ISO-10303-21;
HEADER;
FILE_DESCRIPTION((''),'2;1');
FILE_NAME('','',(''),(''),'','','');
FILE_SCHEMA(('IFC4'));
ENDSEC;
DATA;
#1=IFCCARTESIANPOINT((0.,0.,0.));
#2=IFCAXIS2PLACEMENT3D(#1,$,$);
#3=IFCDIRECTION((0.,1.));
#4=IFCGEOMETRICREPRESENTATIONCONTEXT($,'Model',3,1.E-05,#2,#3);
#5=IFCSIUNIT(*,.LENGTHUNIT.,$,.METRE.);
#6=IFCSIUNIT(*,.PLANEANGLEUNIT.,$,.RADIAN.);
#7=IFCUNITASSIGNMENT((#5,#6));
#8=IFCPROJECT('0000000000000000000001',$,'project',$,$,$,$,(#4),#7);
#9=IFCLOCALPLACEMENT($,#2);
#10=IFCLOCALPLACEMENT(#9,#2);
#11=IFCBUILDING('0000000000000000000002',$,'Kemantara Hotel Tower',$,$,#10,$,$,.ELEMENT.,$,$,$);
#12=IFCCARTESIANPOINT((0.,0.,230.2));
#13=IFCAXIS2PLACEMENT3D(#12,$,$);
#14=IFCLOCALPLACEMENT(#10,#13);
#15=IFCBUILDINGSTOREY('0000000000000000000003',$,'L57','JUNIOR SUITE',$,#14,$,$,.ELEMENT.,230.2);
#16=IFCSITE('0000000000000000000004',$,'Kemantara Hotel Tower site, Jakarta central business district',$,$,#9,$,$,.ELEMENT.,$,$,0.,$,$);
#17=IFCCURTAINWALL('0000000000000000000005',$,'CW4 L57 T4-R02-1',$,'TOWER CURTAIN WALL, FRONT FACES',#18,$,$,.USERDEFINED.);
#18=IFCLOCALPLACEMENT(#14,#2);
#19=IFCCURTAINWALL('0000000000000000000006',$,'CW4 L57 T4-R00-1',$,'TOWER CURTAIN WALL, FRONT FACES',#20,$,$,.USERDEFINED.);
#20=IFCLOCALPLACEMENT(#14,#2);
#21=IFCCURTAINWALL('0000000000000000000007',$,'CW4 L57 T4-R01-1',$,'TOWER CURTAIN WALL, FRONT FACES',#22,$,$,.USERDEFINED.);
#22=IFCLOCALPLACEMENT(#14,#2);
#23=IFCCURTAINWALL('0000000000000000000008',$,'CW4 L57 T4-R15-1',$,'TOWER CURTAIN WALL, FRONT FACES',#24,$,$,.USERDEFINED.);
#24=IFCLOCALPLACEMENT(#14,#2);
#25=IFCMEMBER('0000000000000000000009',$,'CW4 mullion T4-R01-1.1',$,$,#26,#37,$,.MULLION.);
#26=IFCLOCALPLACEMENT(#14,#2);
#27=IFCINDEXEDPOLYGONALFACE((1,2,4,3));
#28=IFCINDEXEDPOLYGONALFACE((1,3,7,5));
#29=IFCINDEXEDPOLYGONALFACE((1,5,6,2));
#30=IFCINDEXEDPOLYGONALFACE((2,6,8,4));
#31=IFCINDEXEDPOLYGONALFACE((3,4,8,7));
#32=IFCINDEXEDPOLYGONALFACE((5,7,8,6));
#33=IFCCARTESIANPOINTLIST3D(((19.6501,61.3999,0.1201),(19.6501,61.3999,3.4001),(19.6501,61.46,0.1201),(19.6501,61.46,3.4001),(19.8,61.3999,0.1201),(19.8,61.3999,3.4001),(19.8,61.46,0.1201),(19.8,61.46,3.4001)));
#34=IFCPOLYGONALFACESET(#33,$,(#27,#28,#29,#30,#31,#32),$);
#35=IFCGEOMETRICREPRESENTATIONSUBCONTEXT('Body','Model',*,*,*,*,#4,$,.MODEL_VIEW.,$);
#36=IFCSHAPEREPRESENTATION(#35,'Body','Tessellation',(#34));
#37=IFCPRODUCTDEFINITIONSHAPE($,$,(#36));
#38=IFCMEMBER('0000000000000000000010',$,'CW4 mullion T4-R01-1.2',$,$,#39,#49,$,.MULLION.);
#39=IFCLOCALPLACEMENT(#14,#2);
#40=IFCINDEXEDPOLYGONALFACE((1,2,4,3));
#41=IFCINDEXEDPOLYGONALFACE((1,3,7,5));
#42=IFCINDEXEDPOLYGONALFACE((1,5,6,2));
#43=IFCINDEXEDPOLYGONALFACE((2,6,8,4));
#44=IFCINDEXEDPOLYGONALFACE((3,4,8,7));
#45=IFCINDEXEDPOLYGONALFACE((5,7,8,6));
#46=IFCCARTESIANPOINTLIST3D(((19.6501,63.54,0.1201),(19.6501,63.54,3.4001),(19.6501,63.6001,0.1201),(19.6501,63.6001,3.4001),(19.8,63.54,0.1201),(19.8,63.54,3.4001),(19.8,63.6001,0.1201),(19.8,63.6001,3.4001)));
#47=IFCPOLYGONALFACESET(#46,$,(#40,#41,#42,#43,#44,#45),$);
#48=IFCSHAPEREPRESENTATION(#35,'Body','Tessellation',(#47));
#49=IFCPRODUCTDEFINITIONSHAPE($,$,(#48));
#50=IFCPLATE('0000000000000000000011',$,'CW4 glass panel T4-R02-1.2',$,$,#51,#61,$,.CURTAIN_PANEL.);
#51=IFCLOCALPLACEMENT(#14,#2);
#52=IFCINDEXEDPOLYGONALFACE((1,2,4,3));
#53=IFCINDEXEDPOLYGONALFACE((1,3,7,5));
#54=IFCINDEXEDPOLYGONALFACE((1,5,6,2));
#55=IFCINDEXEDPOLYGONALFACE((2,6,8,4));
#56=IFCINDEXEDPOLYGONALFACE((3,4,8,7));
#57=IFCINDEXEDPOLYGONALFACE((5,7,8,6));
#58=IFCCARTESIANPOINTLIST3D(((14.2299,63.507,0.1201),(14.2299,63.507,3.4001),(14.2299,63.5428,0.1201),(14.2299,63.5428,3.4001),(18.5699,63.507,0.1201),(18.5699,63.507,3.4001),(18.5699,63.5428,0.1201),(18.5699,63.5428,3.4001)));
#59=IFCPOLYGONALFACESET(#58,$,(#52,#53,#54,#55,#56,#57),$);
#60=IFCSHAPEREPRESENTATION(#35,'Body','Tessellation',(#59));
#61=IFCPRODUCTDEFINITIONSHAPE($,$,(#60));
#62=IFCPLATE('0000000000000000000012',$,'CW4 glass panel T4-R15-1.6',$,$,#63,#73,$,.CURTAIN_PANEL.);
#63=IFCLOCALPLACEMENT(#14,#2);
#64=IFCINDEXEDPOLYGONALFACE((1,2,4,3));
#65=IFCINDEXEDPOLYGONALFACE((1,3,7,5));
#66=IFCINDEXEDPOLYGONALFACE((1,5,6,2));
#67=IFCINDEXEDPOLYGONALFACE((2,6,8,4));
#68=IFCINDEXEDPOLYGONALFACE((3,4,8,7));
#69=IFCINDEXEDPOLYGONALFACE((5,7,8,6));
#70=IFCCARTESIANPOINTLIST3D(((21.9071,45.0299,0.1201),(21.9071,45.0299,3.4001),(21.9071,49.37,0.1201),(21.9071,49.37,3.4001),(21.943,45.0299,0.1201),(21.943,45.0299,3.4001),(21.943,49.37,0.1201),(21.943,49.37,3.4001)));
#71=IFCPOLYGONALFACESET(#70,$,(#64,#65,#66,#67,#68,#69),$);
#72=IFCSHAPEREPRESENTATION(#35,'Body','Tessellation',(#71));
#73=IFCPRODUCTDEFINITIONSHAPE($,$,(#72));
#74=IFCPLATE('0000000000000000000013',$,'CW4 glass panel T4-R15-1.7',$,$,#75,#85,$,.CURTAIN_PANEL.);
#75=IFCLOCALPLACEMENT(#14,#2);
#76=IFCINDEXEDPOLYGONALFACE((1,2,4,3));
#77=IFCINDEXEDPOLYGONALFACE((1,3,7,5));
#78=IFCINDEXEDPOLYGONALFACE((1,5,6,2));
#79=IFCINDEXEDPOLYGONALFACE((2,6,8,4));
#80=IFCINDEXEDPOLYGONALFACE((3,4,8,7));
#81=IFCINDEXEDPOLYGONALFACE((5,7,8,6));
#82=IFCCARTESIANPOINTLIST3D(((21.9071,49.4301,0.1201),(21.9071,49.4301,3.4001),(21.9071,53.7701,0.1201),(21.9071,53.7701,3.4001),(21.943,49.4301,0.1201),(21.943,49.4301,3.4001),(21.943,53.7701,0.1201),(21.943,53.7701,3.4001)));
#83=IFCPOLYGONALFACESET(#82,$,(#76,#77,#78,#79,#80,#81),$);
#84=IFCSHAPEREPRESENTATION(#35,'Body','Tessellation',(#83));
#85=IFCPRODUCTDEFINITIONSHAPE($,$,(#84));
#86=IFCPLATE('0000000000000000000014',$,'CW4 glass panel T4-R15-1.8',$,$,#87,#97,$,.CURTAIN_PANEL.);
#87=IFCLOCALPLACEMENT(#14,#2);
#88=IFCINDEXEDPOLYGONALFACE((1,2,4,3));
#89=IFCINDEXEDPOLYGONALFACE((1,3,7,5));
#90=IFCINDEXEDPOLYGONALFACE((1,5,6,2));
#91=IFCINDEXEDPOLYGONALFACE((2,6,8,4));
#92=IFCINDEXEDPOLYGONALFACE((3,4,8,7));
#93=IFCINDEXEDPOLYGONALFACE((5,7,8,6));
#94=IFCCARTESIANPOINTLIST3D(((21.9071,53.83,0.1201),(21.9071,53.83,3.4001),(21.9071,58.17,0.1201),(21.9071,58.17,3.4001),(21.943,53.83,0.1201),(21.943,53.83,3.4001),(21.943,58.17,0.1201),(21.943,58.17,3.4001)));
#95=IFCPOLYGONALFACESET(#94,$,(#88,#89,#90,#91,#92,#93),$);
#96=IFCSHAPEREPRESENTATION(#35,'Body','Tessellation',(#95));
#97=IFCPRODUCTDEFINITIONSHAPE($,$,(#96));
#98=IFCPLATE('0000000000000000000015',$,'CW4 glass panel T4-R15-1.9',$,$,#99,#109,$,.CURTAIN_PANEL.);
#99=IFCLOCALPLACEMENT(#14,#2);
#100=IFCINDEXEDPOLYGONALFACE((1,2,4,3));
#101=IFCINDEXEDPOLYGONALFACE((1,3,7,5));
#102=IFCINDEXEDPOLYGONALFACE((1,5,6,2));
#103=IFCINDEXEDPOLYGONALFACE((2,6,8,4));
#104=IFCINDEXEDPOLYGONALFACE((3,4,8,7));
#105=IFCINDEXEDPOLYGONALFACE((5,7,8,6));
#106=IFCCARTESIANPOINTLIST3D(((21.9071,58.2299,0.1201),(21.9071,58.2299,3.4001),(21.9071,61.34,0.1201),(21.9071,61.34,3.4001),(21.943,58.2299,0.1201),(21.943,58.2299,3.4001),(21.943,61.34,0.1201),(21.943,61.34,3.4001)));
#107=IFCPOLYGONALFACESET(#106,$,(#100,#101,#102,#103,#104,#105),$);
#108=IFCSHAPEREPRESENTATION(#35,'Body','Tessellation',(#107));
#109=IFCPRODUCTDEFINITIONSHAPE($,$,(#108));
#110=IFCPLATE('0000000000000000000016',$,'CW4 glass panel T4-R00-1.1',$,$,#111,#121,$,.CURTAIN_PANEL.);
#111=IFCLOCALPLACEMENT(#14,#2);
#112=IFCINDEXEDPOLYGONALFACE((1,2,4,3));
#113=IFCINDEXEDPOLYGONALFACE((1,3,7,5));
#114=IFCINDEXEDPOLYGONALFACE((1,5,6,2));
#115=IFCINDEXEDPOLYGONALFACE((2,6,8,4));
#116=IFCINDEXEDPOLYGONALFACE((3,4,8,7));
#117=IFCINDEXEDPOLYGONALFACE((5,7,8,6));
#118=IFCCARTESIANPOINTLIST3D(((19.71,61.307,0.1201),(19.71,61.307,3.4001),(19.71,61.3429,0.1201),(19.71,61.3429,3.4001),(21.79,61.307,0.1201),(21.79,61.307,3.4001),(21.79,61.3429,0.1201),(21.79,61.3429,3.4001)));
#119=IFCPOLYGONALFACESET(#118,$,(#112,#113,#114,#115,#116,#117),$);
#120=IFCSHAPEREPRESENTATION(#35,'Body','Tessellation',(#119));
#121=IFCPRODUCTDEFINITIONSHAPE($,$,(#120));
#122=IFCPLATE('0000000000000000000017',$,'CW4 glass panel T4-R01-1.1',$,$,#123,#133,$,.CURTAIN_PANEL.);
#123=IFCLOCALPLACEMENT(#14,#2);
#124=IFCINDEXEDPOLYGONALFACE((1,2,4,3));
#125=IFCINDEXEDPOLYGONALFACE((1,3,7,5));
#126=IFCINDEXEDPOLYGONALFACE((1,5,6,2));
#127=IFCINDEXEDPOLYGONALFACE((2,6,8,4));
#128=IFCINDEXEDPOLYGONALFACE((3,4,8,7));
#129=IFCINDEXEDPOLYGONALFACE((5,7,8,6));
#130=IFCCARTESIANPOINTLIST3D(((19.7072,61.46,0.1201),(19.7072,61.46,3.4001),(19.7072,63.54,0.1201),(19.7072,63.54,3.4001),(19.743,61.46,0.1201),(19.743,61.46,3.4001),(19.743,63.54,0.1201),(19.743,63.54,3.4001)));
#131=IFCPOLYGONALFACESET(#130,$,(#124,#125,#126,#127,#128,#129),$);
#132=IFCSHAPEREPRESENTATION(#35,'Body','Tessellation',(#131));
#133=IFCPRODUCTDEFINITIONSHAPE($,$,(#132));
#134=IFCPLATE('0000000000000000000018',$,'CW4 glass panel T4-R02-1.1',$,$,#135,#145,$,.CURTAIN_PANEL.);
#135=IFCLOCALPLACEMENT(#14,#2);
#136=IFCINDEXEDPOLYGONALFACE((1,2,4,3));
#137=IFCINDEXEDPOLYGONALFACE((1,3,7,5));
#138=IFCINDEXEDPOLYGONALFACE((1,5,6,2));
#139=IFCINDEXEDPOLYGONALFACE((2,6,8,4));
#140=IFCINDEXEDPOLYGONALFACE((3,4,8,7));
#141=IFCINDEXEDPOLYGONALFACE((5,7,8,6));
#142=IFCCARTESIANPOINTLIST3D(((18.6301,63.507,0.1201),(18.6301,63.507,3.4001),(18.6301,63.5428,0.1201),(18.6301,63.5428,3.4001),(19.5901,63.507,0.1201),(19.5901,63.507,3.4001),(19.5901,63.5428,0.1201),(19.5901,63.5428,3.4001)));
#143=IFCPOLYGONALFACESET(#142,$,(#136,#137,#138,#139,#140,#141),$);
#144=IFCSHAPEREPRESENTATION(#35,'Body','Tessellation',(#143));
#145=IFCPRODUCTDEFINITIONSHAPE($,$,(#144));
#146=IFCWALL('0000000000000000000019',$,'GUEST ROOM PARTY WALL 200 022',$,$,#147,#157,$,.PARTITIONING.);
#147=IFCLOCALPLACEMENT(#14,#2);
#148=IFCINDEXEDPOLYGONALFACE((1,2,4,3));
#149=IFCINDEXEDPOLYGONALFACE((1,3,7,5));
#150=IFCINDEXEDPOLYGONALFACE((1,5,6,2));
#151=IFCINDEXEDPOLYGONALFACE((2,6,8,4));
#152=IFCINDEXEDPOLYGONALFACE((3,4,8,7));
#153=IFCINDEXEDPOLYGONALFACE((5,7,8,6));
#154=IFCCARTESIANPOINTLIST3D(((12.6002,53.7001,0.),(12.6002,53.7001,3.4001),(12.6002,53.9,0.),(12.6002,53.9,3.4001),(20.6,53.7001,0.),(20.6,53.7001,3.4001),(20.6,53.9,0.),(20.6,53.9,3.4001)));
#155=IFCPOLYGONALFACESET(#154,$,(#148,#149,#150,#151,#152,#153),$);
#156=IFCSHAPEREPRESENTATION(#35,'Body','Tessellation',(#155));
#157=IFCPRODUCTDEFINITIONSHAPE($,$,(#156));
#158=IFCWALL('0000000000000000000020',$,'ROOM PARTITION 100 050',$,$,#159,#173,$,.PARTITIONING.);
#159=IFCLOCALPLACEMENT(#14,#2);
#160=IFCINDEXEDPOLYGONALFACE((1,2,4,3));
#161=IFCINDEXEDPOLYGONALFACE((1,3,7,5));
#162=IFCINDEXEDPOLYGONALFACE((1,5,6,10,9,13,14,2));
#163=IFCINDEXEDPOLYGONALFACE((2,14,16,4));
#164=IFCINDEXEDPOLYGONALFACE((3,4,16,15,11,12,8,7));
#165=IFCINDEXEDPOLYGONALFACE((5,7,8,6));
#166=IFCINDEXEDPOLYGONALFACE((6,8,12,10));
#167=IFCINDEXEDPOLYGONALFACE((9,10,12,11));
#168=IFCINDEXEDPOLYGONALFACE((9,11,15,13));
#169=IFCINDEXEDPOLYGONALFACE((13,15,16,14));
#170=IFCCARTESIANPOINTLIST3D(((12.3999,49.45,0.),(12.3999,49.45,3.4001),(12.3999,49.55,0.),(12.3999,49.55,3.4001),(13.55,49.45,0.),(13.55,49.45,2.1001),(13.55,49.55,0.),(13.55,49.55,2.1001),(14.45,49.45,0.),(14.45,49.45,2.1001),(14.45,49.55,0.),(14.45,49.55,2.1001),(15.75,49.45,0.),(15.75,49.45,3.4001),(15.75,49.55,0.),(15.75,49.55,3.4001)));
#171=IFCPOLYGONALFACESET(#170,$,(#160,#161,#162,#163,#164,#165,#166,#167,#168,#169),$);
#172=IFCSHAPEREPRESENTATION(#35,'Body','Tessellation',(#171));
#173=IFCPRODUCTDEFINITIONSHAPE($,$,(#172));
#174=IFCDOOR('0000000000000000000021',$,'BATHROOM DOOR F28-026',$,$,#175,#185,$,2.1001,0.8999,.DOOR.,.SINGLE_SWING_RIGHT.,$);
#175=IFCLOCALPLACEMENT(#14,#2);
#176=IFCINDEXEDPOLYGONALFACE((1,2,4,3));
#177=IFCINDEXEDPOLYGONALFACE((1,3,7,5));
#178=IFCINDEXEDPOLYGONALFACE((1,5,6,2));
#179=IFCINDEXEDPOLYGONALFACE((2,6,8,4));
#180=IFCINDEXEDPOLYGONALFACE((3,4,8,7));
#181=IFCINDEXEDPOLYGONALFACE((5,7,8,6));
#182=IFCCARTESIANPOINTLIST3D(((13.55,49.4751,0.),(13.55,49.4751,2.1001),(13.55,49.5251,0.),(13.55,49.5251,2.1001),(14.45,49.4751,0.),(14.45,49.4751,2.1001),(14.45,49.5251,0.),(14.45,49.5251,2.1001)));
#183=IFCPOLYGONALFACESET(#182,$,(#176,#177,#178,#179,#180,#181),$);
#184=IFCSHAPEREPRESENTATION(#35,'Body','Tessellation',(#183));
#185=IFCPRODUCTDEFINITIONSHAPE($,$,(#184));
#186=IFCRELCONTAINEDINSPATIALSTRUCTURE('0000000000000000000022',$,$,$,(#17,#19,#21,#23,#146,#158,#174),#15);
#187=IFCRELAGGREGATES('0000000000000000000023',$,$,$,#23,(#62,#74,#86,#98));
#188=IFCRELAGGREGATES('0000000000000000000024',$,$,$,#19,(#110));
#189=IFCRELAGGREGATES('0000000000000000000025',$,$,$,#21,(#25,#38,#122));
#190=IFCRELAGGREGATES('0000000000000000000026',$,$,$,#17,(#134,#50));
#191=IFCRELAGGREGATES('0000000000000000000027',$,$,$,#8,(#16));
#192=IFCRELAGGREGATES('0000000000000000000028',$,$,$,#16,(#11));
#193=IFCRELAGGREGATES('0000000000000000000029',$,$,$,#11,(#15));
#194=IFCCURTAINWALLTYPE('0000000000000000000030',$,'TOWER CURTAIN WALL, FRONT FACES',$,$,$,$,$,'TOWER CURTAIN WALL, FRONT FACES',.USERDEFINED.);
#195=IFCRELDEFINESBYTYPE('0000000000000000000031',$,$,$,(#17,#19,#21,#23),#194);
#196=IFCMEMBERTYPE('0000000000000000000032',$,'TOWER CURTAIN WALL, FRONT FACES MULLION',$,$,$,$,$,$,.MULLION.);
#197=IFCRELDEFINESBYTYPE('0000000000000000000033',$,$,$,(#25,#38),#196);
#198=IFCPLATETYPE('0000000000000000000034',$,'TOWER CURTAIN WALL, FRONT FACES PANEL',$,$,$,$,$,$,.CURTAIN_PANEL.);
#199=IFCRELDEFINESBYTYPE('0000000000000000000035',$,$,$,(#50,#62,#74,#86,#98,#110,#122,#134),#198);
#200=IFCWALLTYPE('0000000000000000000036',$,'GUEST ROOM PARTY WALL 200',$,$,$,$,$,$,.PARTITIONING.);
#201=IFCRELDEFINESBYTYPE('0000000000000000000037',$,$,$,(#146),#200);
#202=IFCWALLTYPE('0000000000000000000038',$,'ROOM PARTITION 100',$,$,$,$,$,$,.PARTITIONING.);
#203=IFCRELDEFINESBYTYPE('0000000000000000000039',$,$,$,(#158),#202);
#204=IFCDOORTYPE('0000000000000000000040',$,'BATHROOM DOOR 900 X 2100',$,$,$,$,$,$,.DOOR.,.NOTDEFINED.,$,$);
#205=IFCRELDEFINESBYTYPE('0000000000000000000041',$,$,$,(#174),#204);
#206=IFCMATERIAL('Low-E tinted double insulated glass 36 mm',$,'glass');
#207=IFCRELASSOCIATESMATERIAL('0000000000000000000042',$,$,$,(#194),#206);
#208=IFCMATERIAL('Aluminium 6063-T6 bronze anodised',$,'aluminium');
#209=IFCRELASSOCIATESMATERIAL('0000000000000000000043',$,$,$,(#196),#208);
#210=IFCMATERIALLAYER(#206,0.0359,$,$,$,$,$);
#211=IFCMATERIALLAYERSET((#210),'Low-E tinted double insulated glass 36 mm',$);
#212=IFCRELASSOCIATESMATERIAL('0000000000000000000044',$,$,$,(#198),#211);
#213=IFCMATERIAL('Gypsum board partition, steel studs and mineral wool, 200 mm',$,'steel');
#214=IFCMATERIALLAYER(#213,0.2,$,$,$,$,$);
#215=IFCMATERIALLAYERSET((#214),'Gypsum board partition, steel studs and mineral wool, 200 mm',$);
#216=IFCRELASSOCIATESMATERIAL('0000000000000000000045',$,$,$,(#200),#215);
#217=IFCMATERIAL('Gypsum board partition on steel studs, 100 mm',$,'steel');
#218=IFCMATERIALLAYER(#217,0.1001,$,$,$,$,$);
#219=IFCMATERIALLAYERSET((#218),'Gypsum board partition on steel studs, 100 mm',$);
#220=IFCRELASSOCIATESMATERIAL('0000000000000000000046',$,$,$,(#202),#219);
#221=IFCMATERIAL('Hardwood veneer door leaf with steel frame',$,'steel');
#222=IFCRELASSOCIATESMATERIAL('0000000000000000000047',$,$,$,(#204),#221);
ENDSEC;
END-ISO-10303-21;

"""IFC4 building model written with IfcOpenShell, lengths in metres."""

from ifc_helpers import new_model, si_unit, direction, frame, frame_2d, origin, origin_2d, place, context, subcontext, project, spatial, rectangle, extrude, source, transform, mapped, material, layer, layer_set, material_profile, profile_set, type_object, element, fill, aggregate, save


model = new_model("IFC4")

# Units and contexts
model_context = context("Model", 3, precision=1e-05, world=origin(), true_north=direction((0.0, 1.0)))
body_context = subcontext(model_context, "Body", "Model", "MODEL_VIEW")
ifc_project = project(units=[si_unit("LENGTHUNIT", "METRE"), si_unit("PLANEANGLEUNIT", "RADIAN")], contexts=[model_context])

# Site, building, storey
site_placement = place(None, origin())
site = spatial("IfcSite", under=ifc_project, at=site_placement, Name="Kemantara Hotel Tower site, Jakarta central business district", CompositionType="ELEMENT", RefElevation=0.0)
building_placement = place(site_placement, origin())
building = spatial("IfcBuilding", under=site, at=building_placement, Name="Kemantara Hotel Tower", CompositionType="ELEMENT")
storey_placement = place(building_placement, frame((0.0, 0.0, 230.2)))
storey = spatial("IfcBuildingStorey", under=building, at=storey_placement, Name="L57", Description="JUNIOR SUITE", CompositionType="ELEMENT", Elevation=230.2)

# Curtain walls
ifc_material_1 = material(Name="Low-E tinted double insulated glass 36 mm", Category="glass")
curtain_wall_type = type_object("IfcCurtainWallType", Name="TOWER CURTAIN WALL, FRONT FACES", ElementType="TOWER CURTAIN WALL, FRONT FACES", PredefinedType="USERDEFINED", material=ifc_material_1)
curtain_wall_1_placement = place(storey_placement, origin())
curtain_wall_1 = element("IfcCurtainWall", 1, at=curtain_wall_1_placement, inside=storey, type_object=curtain_wall_type, Name="CW4 L57 T4-R02-1", ObjectType="TOWER CURTAIN WALL, FRONT FACES", PredefinedType="USERDEFINED")
ifc_material_2 = material(Name="Aluminium 6063-T6 bronze anodised", Category="aluminium")
curtain_wall_2_placement = place(storey_placement, origin())
curtain_wall_2 = element("IfcCurtainWall", 2, at=curtain_wall_2_placement, inside=storey, type_object=curtain_wall_type, Name="CW4 L57 T4-R00-1", ObjectType="TOWER CURTAIN WALL, FRONT FACES", PredefinedType="USERDEFINED")
curtain_wall_3_placement = place(storey_placement, origin())
curtain_wall_3 = element("IfcCurtainWall", 3, at=curtain_wall_3_placement, inside=storey, type_object=curtain_wall_type, Name="CW4 L57 T4-R01-1", ObjectType="TOWER CURTAIN WALL, FRONT FACES", PredefinedType="USERDEFINED")

# Shared definitions
ifc_material_profile_1 = material_profile(ifc_material_2, rectangle(XDim=0.1499, YDim=0.0601, at=origin_2d()), Name="TOWER CURTAIN WALL, FRONT FACES MULLION")
ifc_profile_set_1 = profile_set([ifc_material_profile_1], Name="Aluminium 6063-T6 bronze anodised")
member_type_1 = type_object("IfcMemberType", Name="TOWER CURTAIN WALL, FRONT FACES MULLION", PredefinedType="MULLION", material=ifc_profile_set_1)
shared_shape_1 = source(origin(), body_context, "Body", "SweptSolid", [
    extrude(rectangle(XDim=0.1499, YDim=0.0601, at=origin_2d()), origin(), (0.0, 0.0, 1.0), 3.28),
])

# Curtain wall
curtain_wall_4_placement = place(storey_placement, origin())
curtain_wall_4 = element("IfcCurtainWall", 4, at=curtain_wall_4_placement, inside=storey, type_object=curtain_wall_type, Name="CW4 L57 T4-R15-1", ObjectType="TOWER CURTAIN WALL, FRONT FACES", PredefinedType="USERDEFINED")

# Members
member_1_placement = place(storey_placement, frame((19.7251, 61.4299, 0.1201), z_axis=(0.0, 0.0, 1.0), x_axis=(-1.0, 0.0, 0.0)))
member_1 = element("IfcMember", 5, at=member_1_placement, type_object=member_type_1, Name="CW4 mullion T4-R01-1.1", PredefinedType="MULLION", context=body_context, shape_type="MappedRepresentation", body=[
    mapped(shared_shape_1, transform((0.0, 0.0, 0.0))),
])
member_2_placement = place(storey_placement, frame((19.7251, 63.5701, 0.1201), z_axis=(0.0, 0.0, 1.0), x_axis=(-1.0, 0.0, 0.0)))
member_2 = element("IfcMember", 6, at=member_2_placement, type_object=member_type_1, Name="CW4 mullion T4-R01-1.2", PredefinedType="MULLION", context=body_context, shape_type="MappedRepresentation", body=[
    mapped(shared_shape_1, transform((0.0, 0.0, 0.0))),
])

# Plates
ifc_layer_1 = layer(ifc_material_1, 0.0359)
ifc_layer_set_1 = layer_set([ifc_layer_1], Name="Low-E tinted double insulated glass 36 mm")
plate_type = type_object("IfcPlateType", Name="TOWER CURTAIN WALL, FRONT FACES PANEL", PredefinedType="CURTAIN_PANEL", material=ifc_layer_set_1)
shared_shape_2 = source(origin(), body_context, "Body", "SweptSolid", [
    extrude(rectangle(XDim=4.3401, YDim=0.0359, at=origin_2d()), origin(), (0.0, 0.0, 1.0), 3.28),
])
plate_1_placement = place(storey_placement, frame((16.3999, 63.5249, 0.1201), z_axis=(0.0, 0.0, 1.0), x_axis=(-1.0, 0.0, 0.0)))
plate_1 = element("IfcPlate", 7, at=plate_1_placement, type_object=plate_type, Name="CW4 glass panel T4-R02-1.2", PredefinedType="CURTAIN_PANEL", context=body_context, shape_type="MappedRepresentation", body=[
    mapped(shared_shape_2, transform((0.0, 0.0, 0.0))),
])
plate_2_placement = place(storey_placement, frame((21.925, 47.2, 0.1201), z_axis=(0.0, 0.0, 1.0), x_axis=(0.0, 1.0, 0.0)))
plate_2 = element("IfcPlate", 8, at=plate_2_placement, type_object=plate_type, Name="CW4 glass panel T4-R15-1.6", PredefinedType="CURTAIN_PANEL", context=body_context, shape_type="MappedRepresentation", body=[
    mapped(shared_shape_2, transform((0.0, 0.0, 0.0))),
])
plate_3_placement = place(storey_placement, frame((21.925, 51.6001, 0.1201), z_axis=(0.0, 0.0, 1.0), x_axis=(0.0, 1.0, 0.0)))
plate_3 = element("IfcPlate", 9, at=plate_3_placement, type_object=plate_type, Name="CW4 glass panel T4-R15-1.7", PredefinedType="CURTAIN_PANEL", context=body_context, shape_type="MappedRepresentation", body=[
    mapped(shared_shape_2, transform((0.0, 0.0, 0.0))),
])
plate_4_placement = place(storey_placement, frame((21.925, 56.0, 0.1201), z_axis=(0.0, 0.0, 1.0), x_axis=(0.0, 1.0, 0.0)))
plate_4 = element("IfcPlate", 10, at=plate_4_placement, type_object=plate_type, Name="CW4 glass panel T4-R15-1.8", PredefinedType="CURTAIN_PANEL", context=body_context, shape_type="MappedRepresentation", body=[
    mapped(shared_shape_2, transform((0.0, 0.0, 0.0))),
])
shared_shape_3 = source(origin(), body_context, "Body", "SweptSolid", [
    extrude(rectangle(XDim=3.1101, YDim=0.0359, at=origin_2d()), origin(), (0.0, 0.0, 1.0), 3.28),
])
plate_5_placement = place(storey_placement, frame((21.925, 59.7849, 0.1201), z_axis=(0.0, 0.0, 1.0), x_axis=(0.0, 1.0, 0.0)))
plate_5 = element("IfcPlate", 11, at=plate_5_placement, type_object=plate_type, Name="CW4 glass panel T4-R15-1.9", PredefinedType="CURTAIN_PANEL", context=body_context, shape_type="MappedRepresentation", body=[
    mapped(shared_shape_3, transform((0.0, 0.0, 0.0))),
])
aggregate(curtain_wall_4, [plate_2, plate_3, plate_4, plate_5])
shared_shape_4 = source(origin(), body_context, "Body", "SweptSolid", [
    extrude(rectangle(XDim=2.0801, YDim=0.0359, at=origin_2d()), origin(), (0.0, 0.0, 1.0), 3.28),
])
plate_6_placement = place(storey_placement, frame((20.75, 61.325, 0.1201), z_axis=(0.0, 0.0, 1.0), x_axis=(-1.0, 0.0, 0.0)))
plate_6 = element("IfcPlate", 12, at=plate_6_placement, type_object=plate_type, Name="CW4 glass panel T4-R00-1.1", PredefinedType="CURTAIN_PANEL", context=body_context, shape_type="MappedRepresentation", body=[
    mapped(shared_shape_4, transform((0.0, 0.0, 0.0))),
])
aggregate(curtain_wall_2, [plate_6])
plate_7_placement = place(storey_placement, frame((19.7251, 62.5, 0.1201), z_axis=(0.0, 0.0, 1.0), x_axis=(0.0, 1.0, 0.0)))
plate_7 = element("IfcPlate", 13, at=plate_7_placement, type_object=plate_type, Name="CW4 glass panel T4-R01-1.1", PredefinedType="CURTAIN_PANEL", context=body_context, shape_type="MappedRepresentation", body=[
    mapped(shared_shape_4, transform((0.0, 0.0, 0.0))),
])
aggregate(curtain_wall_3, [member_1, member_2, plate_7])
shared_shape_5 = source(origin(), body_context, "Body", "SweptSolid", [
    extrude(rectangle(XDim=0.96, YDim=0.0359, at=origin_2d()), origin(), (0.0, 0.0, 1.0), 3.28),
])
plate_8_placement = place(storey_placement, frame((19.1101, 63.5249, 0.1201), z_axis=(0.0, 0.0, 1.0), x_axis=(-1.0, 0.0, 0.0)))
plate_8 = element("IfcPlate", 14, at=plate_8_placement, type_object=plate_type, Name="CW4 glass panel T4-R02-1.1", PredefinedType="CURTAIN_PANEL", context=body_context, shape_type="MappedRepresentation", body=[
    mapped(shared_shape_5, transform((0.0, 0.0, 0.0))),
])
aggregate(curtain_wall_1, [plate_8, plate_1])

# Wall
ifc_material_3 = material(Name="Gypsum board partition, steel studs and mineral wool, 200 mm", Category="steel")
ifc_layer_2 = layer(ifc_material_3, 0.2)
ifc_layer_set_2 = layer_set([ifc_layer_2], Name="Gypsum board partition, steel studs and mineral wool, 200 mm")
wall_type_1 = type_object("IfcWallType", Name="GUEST ROOM PARTY WALL 200", PredefinedType="PARTITIONING", material=ifc_layer_set_2)
wall_1_placement = place(storey_placement, frame((12.6001, 53.8, 0.0), z_axis=(0.0, 0.0, 1.0), x_axis=(1.0, 0.0, 0.0)))
element("IfcWall", 15, at=wall_1_placement, inside=storey, type_object=wall_type_1, Name="GUEST ROOM PARTY WALL 200 022", PredefinedType="PARTITIONING", context=body_context, shape_type="SweptSolid", body=[
    extrude(rectangle(XDim=7.9998, YDim=0.2, at=frame_2d((4.0, 0.0))), origin(), (0.0, 0.0, 1.0), 3.4001),
])

# Wall, opening, door
ifc_material_4 = material(Name="Gypsum board partition on steel studs, 100 mm", Category="steel")
ifc_layer_3 = layer(ifc_material_4, 0.1001)
ifc_layer_set_3 = layer_set([ifc_layer_3], Name="Gypsum board partition on steel studs, 100 mm")
wall_type_2 = type_object("IfcWallType", Name="ROOM PARTITION 100", PredefinedType="PARTITIONING", material=ifc_layer_set_3)
wall_2_placement = place(storey_placement, frame((15.75, 49.5, 0.0), z_axis=(0.0, 0.0, 1.0), x_axis=(-1.0, 0.0, 0.0)))
wall_2 = element("IfcWall", 16, at=wall_2_placement, inside=storey, type_object=wall_type_2, Name="ROOM PARTITION 100 050", PredefinedType="PARTITIONING", context=body_context, shape_type="SweptSolid", body=[
    extrude(rectangle(XDim=3.3501, YDim=0.1001, at=frame_2d((1.675, 0.0))), origin(), (0.0, 0.0, 1.0), 3.4001),
])
opening_1_placement = place(wall_2_placement, frame((1.3, 0.0, 0.0)))
opening_1 = element("IfcOpeningElement", 17, at=opening_1_placement, cuts=wall_2, PredefinedType="OPENING", context=body_context, shape_type="SweptSolid", body=[
    extrude(rectangle(XDim=0.8999, YDim=2.1001, at=frame_2d((0.45, 1.05))), frame((0.0, 0.0601, 0.0), z_axis=(0.0, -1.0, 0.0), x_axis=(1.0, 0.0, 0.0)), (0.0, 0.0, 1.0), 0.1201),
])
ifc_material_5 = material(Name="Hardwood veneer door leaf with steel frame", Category="steel")
door_type = type_object("IfcDoorType", Name="BATHROOM DOOR 900 X 2100", OperationType="NOTDEFINED", PredefinedType="DOOR", material=ifc_material_5)
door_1_placement = place(opening_1_placement, origin())
door_1 = element("IfcDoor", 18, at=door_1_placement, inside=storey, type_object=door_type, Name="BATHROOM DOOR F28-026", OperationType="SINGLE_SWING_RIGHT", OverallHeight=2.1001, OverallWidth=0.8999, PredefinedType="DOOR", context=body_context, shape_type="SweptSolid", body=[
    extrude(rectangle(XDim=0.8999, YDim=2.1001, at=frame_2d((0.45, 1.05))), frame((0.0, 0.0249, 0.0), z_axis=(0.0, -1.0, 0.0), x_axis=(1.0, 0.0, 0.0)), (0.0, 0.0, 1.0), 0.05),
])
fill(opening_1, door_1)

save(model, "model.ifc")
